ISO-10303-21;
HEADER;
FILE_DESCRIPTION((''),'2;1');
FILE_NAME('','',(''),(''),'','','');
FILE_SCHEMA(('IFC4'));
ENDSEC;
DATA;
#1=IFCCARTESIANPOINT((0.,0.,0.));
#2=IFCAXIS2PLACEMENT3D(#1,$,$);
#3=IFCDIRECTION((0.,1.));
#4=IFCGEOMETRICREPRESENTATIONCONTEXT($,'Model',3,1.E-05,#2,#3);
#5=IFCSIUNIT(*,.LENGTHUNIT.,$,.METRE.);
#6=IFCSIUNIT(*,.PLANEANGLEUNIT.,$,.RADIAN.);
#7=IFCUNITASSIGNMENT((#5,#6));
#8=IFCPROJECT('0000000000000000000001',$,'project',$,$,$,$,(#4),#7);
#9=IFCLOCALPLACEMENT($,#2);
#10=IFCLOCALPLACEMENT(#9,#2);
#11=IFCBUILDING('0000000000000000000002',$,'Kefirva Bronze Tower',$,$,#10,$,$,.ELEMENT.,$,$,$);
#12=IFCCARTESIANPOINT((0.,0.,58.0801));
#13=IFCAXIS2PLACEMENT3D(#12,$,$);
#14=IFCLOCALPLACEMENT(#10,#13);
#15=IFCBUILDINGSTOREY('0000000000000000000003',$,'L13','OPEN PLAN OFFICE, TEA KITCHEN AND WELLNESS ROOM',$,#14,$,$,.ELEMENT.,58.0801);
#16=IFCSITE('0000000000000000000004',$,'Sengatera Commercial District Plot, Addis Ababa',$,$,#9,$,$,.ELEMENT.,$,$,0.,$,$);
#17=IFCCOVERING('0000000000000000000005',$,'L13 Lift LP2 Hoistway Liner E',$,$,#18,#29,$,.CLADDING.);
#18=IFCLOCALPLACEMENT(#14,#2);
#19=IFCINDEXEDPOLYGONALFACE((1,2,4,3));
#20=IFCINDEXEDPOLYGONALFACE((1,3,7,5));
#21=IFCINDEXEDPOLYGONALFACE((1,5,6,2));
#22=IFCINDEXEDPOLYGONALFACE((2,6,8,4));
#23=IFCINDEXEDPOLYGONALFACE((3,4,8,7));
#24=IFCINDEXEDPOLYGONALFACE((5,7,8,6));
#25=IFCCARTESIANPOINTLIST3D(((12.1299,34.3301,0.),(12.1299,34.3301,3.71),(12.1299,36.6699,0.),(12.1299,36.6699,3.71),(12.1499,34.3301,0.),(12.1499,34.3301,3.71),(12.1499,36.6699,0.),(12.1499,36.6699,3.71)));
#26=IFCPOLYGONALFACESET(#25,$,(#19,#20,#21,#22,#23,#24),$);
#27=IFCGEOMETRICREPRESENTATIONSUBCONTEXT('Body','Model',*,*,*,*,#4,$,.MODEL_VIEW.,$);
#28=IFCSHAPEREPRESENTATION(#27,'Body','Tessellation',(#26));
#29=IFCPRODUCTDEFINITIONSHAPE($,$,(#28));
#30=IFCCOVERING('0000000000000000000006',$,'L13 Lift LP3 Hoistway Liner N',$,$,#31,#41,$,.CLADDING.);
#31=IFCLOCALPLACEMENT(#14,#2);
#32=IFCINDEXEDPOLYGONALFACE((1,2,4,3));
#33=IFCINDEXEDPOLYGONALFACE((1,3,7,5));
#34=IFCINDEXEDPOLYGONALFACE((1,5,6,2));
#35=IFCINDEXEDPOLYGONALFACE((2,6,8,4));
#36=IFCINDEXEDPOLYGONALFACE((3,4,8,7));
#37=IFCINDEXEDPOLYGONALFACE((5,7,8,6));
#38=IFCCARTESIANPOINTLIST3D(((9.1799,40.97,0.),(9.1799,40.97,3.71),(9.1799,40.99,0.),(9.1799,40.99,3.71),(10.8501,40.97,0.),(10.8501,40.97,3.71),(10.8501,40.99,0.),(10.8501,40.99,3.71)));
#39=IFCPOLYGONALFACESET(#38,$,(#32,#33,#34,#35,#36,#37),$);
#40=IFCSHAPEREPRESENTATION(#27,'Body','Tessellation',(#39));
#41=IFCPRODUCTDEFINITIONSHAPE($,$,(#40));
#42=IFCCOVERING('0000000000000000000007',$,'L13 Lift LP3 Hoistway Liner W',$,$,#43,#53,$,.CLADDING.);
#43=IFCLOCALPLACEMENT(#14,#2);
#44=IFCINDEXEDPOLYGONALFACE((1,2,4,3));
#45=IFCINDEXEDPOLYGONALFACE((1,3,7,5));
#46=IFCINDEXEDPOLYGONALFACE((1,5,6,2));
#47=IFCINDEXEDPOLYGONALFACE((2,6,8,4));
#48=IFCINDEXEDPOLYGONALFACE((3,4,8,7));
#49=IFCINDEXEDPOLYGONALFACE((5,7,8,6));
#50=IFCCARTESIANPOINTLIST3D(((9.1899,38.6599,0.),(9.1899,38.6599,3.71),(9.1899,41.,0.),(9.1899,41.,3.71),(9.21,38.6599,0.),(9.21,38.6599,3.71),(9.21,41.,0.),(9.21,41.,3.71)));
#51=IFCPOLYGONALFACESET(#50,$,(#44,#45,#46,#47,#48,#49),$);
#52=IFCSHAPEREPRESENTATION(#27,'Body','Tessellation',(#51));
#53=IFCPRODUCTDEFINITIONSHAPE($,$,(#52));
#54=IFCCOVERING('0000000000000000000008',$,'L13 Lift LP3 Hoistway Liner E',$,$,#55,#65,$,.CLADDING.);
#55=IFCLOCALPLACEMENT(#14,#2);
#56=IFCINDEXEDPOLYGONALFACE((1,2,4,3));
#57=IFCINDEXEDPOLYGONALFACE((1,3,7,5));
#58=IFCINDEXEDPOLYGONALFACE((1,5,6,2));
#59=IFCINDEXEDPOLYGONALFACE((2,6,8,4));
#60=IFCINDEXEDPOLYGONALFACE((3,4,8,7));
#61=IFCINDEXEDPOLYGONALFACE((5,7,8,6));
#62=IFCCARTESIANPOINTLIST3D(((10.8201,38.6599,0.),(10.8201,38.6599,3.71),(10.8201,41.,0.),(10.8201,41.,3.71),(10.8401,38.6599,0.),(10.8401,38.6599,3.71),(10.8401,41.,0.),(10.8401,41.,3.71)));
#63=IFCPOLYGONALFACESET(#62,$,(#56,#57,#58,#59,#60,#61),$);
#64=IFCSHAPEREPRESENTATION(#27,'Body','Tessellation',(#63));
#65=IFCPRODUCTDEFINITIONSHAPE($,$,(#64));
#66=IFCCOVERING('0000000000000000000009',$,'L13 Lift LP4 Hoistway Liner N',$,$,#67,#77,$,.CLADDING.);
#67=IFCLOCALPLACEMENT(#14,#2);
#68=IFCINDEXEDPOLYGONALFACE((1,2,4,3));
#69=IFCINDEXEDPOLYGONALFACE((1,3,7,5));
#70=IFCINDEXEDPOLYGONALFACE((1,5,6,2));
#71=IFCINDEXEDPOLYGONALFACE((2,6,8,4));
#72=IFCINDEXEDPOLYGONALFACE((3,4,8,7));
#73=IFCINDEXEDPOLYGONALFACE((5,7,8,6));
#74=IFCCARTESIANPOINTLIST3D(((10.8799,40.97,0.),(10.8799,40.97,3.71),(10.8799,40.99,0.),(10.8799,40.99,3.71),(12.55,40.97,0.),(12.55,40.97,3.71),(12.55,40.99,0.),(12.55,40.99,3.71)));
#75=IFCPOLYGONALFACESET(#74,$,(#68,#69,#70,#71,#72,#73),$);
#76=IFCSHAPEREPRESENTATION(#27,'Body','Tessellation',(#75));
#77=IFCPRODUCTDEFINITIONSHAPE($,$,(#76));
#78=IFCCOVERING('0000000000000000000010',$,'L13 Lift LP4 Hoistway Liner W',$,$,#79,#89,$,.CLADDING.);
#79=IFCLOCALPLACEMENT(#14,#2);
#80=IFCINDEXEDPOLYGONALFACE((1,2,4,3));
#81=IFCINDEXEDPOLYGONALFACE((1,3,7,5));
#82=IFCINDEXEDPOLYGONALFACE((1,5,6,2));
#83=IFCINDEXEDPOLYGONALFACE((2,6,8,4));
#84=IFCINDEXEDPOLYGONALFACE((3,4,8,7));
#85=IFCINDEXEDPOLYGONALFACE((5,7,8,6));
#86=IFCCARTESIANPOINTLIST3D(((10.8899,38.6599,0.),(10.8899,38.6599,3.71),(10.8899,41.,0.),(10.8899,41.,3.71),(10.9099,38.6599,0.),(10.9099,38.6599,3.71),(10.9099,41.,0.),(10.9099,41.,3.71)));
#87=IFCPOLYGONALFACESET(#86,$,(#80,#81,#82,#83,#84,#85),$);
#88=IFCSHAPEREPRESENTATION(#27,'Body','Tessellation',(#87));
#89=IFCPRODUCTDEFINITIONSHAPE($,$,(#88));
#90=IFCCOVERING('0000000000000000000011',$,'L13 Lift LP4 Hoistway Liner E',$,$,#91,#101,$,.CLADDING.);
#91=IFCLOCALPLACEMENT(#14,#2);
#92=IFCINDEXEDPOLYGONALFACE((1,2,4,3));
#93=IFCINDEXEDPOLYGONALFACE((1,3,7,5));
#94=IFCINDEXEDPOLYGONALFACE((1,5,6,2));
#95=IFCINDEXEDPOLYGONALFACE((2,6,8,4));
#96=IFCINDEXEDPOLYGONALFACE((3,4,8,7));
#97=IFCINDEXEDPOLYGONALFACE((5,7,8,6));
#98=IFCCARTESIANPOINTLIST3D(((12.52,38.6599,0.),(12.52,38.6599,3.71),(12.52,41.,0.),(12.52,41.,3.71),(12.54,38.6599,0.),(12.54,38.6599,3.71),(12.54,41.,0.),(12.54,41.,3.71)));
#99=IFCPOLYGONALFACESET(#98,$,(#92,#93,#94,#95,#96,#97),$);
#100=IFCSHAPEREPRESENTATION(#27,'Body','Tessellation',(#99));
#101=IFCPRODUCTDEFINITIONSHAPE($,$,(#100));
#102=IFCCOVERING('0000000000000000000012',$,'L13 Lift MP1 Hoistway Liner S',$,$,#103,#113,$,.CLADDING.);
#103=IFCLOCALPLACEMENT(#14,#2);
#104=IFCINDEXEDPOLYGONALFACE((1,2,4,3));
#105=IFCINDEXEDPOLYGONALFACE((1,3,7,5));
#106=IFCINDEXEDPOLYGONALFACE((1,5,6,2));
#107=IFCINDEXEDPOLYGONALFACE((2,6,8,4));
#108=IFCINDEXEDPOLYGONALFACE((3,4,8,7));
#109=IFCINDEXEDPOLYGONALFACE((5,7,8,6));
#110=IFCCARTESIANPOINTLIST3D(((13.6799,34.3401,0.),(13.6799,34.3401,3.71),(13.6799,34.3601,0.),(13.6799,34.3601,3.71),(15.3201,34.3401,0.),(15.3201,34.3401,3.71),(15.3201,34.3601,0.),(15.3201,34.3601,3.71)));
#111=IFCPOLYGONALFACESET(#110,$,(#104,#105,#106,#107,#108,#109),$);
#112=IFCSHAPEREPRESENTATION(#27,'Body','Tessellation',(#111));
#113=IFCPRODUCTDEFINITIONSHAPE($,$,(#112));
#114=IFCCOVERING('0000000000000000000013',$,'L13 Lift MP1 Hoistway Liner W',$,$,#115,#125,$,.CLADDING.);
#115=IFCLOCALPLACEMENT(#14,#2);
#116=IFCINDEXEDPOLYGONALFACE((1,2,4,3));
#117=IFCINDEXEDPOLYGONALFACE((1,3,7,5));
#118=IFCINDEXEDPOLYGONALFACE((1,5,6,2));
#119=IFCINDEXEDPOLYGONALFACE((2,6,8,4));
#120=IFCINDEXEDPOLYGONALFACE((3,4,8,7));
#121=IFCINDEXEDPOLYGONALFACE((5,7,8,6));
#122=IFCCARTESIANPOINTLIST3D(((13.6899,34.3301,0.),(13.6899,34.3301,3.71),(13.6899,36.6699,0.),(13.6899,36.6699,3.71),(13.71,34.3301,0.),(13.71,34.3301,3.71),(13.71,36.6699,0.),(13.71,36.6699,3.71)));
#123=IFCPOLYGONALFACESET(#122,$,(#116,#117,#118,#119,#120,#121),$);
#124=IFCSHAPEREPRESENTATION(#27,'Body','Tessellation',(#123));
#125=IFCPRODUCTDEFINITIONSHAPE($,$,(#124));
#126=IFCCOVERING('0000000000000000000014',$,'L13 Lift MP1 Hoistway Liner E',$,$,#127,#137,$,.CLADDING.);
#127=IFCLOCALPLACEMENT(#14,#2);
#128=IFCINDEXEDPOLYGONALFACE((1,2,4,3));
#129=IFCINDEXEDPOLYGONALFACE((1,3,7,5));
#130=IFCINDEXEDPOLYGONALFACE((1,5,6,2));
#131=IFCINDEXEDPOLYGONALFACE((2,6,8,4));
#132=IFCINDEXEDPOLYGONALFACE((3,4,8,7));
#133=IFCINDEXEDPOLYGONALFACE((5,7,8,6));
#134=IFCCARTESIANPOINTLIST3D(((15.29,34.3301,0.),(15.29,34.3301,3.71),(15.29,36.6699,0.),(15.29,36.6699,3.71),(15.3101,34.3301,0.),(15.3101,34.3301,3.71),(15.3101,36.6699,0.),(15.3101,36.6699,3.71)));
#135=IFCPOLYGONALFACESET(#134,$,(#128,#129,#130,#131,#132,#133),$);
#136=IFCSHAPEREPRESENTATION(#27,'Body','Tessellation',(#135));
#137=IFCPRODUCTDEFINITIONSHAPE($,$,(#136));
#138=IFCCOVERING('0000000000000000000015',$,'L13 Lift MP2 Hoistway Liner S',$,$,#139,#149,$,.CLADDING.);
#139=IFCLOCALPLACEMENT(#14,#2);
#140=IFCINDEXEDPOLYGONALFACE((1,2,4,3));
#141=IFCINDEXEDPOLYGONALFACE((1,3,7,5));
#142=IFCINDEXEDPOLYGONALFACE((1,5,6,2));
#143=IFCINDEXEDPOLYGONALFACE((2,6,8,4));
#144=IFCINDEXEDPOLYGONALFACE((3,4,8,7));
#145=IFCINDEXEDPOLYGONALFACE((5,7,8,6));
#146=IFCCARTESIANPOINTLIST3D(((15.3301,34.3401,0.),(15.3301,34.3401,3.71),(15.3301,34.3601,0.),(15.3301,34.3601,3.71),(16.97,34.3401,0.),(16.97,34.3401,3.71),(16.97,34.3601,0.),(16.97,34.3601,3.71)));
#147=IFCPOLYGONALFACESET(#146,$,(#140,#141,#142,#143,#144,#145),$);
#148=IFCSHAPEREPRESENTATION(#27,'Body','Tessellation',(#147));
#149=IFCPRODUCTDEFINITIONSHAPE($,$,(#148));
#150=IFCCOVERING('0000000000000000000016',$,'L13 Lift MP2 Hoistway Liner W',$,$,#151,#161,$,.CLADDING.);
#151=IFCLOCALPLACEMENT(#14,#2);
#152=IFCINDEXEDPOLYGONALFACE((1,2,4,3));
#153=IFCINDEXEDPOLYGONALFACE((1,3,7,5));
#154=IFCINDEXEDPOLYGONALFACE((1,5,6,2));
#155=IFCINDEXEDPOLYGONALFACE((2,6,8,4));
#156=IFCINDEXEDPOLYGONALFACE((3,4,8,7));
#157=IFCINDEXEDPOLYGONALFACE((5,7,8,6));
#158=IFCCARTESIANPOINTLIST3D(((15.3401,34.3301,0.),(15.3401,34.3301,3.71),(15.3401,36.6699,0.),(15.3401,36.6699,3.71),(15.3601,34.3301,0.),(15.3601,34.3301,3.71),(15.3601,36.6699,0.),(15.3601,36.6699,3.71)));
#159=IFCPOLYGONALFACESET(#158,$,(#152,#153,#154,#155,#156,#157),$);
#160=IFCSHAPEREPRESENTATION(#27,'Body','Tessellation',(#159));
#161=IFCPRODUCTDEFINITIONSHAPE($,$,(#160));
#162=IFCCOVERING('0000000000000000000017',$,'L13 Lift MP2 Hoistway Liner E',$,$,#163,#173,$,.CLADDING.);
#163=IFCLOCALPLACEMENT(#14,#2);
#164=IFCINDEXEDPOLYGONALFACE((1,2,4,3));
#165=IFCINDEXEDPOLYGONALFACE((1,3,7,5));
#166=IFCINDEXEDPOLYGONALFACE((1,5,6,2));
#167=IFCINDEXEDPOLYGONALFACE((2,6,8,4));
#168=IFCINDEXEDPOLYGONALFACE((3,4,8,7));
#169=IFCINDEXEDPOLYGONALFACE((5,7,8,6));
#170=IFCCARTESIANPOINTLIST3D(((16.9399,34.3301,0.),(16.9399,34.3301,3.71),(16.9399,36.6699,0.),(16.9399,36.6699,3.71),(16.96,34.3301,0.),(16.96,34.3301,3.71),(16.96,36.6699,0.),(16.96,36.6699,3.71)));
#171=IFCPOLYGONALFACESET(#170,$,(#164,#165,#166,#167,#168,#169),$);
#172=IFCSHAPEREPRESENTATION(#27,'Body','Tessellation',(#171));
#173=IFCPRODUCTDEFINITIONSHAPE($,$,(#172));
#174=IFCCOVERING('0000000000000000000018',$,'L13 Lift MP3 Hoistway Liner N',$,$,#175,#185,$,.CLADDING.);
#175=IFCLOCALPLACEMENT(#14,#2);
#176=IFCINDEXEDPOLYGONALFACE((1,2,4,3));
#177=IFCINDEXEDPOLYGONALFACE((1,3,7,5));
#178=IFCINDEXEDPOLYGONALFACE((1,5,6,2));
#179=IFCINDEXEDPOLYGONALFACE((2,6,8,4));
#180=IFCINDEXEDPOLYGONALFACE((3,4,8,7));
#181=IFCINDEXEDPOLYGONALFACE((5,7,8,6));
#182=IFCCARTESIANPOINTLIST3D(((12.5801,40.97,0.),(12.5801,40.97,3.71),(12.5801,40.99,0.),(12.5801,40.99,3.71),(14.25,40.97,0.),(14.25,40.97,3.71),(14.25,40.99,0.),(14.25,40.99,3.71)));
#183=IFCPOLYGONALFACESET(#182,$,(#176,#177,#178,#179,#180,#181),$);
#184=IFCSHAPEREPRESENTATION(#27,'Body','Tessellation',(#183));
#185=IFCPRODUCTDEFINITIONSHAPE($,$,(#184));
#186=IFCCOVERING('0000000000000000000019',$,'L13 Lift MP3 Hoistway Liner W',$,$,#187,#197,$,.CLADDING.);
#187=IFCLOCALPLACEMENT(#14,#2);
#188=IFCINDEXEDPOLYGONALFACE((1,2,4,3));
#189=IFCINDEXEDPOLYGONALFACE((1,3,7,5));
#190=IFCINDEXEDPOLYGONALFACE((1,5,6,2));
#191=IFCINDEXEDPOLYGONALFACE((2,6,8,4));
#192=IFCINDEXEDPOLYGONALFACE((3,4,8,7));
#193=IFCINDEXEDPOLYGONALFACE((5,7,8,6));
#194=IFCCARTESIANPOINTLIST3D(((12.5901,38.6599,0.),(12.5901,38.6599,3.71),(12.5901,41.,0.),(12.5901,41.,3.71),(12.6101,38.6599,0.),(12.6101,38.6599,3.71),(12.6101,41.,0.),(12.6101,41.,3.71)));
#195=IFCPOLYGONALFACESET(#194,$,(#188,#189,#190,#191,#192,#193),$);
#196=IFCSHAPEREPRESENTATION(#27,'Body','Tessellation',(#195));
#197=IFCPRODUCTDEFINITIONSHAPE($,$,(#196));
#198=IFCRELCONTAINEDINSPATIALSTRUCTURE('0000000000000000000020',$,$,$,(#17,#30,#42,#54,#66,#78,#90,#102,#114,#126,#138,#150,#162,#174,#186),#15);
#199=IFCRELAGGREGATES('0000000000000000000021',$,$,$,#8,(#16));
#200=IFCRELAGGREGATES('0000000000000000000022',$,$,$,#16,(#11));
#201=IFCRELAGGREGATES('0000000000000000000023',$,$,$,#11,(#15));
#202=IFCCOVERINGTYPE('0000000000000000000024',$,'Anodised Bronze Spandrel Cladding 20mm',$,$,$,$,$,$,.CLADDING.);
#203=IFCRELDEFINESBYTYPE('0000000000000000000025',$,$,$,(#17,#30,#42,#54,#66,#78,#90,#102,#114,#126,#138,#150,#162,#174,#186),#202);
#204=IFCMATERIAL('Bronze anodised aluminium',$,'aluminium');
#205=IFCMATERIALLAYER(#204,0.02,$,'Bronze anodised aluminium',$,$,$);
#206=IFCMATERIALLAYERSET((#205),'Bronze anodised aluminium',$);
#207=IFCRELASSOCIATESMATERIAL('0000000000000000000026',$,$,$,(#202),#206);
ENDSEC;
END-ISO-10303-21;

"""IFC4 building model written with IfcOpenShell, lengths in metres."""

from ifc_helpers import new_model, si_unit, direction, frame, origin, place, context, subcontext, project, spatial, polyline, outline, extrude, material, layer, layer_set, type_object, element, save


model = new_model("IFC4")

# Units and contexts
model_context = context("Model", 3, precision=1e-05, world=origin(), true_north=direction((0.0, 1.0)))
body_context = subcontext(model_context, "Body", "Model", "MODEL_VIEW")
ifc_project = project(units=[si_unit("LENGTHUNIT", "METRE"), si_unit("PLANEANGLEUNIT", "RADIAN")], contexts=[model_context])

# Site, building, storey
site_placement = place(None, origin())
site = spatial("IfcSite", under=ifc_project, at=site_placement, Name="Sengatera Commercial District Plot, Addis Ababa", CompositionType="ELEMENT", RefElevation=0.0)
building_placement = place(site_placement, origin())
building = spatial("IfcBuilding", under=site, at=building_placement, Name="Kefirva Bronze Tower", CompositionType="ELEMENT")
storey_placement = place(building_placement, frame((0.0, 0.0, 58.0801)))
storey = spatial("IfcBuildingStorey", under=building, at=storey_placement, Name="L13", Description="OPEN PLAN OFFICE, TEA KITCHEN AND WELLNESS ROOM", CompositionType="ELEMENT", Elevation=58.0801)

# Coverings
ifc_material = material(Name="Bronze anodised aluminium", Category="aluminium")
ifc_layer_1 = layer(ifc_material, 0.02, Name="Bronze anodised aluminium")
ifc_layer_set_1 = layer_set([ifc_layer_1], Name="Bronze anodised aluminium")
covering_type_1 = type_object("IfcCoveringType", Name="Anodised Bronze Spandrel Cladding 20mm", PredefinedType="CLADDING", material=ifc_layer_set_1)
covering_1_placement = place(storey_placement, origin())
element("IfcCovering", 1, at=covering_1_placement, inside=storey, type_object=covering_type_1, Name="L13 Lift LP2 Hoistway Liner E", PredefinedType="CLADDING", context=body_context, shape_type="SweptSolid", body=[
    extrude(outline(polyline([(12.1299, 34.3301), (12.1499, 34.3301), (12.1499, 36.6699), (12.1299, 36.6699), (12.1299, 34.3301)])), origin(), (0.0, 0.0, 1.0), 3.71),
])
covering_2_placement = place(storey_placement, origin())
element("IfcCovering", 2, at=covering_2_placement, inside=storey, type_object=covering_type_1, Name="L13 Lift LP3 Hoistway Liner N", PredefinedType="CLADDING", context=body_context, shape_type="SweptSolid", body=[
    extrude(outline(polyline([(9.1799, 40.97), (10.8501, 40.97), (10.8501, 40.99), (9.1799, 40.99), (9.1799, 40.97)])), origin(), (0.0, 0.0, 1.0), 3.71),
])
covering_3_placement = place(storey_placement, origin())
element("IfcCovering", 3, at=covering_3_placement, inside=storey, type_object=covering_type_1, Name="L13 Lift LP3 Hoistway Liner W", PredefinedType="CLADDING", context=body_context, shape_type="SweptSolid", body=[
    extrude(outline(polyline([(9.1899, 38.6599), (9.21, 38.6599), (9.21, 41.0), (9.1899, 41.0), (9.1899, 38.6599)])), origin(), (0.0, 0.0, 1.0), 3.71),
])
covering_4_placement = place(storey_placement, origin())
element("IfcCovering", 4, at=covering_4_placement, inside=storey, type_object=covering_type_1, Name="L13 Lift LP3 Hoistway Liner E", PredefinedType="CLADDING", context=body_context, shape_type="SweptSolid", body=[
    extrude(outline(polyline([(10.8201, 38.6599), (10.8401, 38.6599), (10.8401, 41.0), (10.8201, 41.0), (10.8201, 38.6599)])), origin(), (0.0, 0.0, 1.0), 3.71),
])
covering_5_placement = place(storey_placement, origin())
element("IfcCovering", 5, at=covering_5_placement, inside=storey, type_object=covering_type_1, Name="L13 Lift LP4 Hoistway Liner N", PredefinedType="CLADDING", context=body_context, shape_type="SweptSolid", body=[
    extrude(outline(polyline([(10.8799, 40.97), (12.55, 40.97), (12.55, 40.99), (10.8799, 40.99), (10.8799, 40.97)])), origin(), (0.0, 0.0, 1.0), 3.71),
])
covering_6_placement = place(storey_placement, origin())
element("IfcCovering", 6, at=covering_6_placement, inside=storey, type_object=covering_type_1, Name="L13 Lift LP4 Hoistway Liner W", PredefinedType="CLADDING", context=body_context, shape_type="SweptSolid", body=[
    extrude(outline(polyline([(10.8899, 38.6599), (10.9099, 38.6599), (10.9099, 41.0), (10.8899, 41.0), (10.8899, 38.6599)])), origin(), (0.0, 0.0, 1.0), 3.71),
])
covering_7_placement = place(storey_placement, origin())
element("IfcCovering", 7, at=covering_7_placement, inside=storey, type_object=covering_type_1, Name="L13 Lift LP4 Hoistway Liner E", PredefinedType="CLADDING", context=body_context, shape_type="SweptSolid", body=[
    extrude(outline(polyline([(12.52, 38.6599), (12.54, 38.6599), (12.54, 41.0), (12.52, 41.0), (12.52, 38.6599)])), origin(), (0.0, 0.0, 1.0), 3.71),
])
covering_8_placement = place(storey_placement, origin())
element("IfcCovering", 8, at=covering_8_placement, inside=storey, type_object=covering_type_1, Name="L13 Lift MP1 Hoistway Liner S", PredefinedType="CLADDING", context=body_context, shape_type="SweptSolid", body=[
    extrude(outline(polyline([(13.6799, 34.3401), (15.3201, 34.3401), (15.3201, 34.3601), (13.6799, 34.3601), (13.6799, 34.3401)])), origin(), (0.0, 0.0, 1.0), 3.71),
])
covering_9_placement = place(storey_placement, origin())
element("IfcCovering", 9, at=covering_9_placement, inside=storey, type_object=covering_type_1, Name="L13 Lift MP1 Hoistway Liner W", PredefinedType="CLADDING", context=body_context, shape_type="SweptSolid", body=[
    extrude(outline(polyline([(13.6899, 34.3301), (13.71, 34.3301), (13.71, 36.6699), (13.6899, 36.6699), (13.6899, 34.3301)])), origin(), (0.0, 0.0, 1.0), 3.71),
])
covering_10_placement = place(storey_placement, origin())
element("IfcCovering", 10, at=covering_10_placement, inside=storey, type_object=covering_type_1, Name="L13 Lift MP1 Hoistway Liner E", PredefinedType="CLADDING", context=body_context, shape_type="SweptSolid", body=[
    extrude(outline(polyline([(15.29, 34.3301), (15.3101, 34.3301), (15.3101, 36.6699), (15.29, 36.6699), (15.29, 34.3301)])), origin(), (0.0, 0.0, 1.0), 3.71),
])
covering_11_placement = place(storey_placement, origin())
element("IfcCovering", 11, at=covering_11_placement, inside=storey, type_object=covering_type_1, Name="L13 Lift MP2 Hoistway Liner S", PredefinedType="CLADDING", context=body_context, shape_type="SweptSolid", body=[
    extrude(outline(polyline([(15.3301, 34.3401), (16.97, 34.3401), (16.97, 34.3601), (15.3301, 34.3601), (15.3301, 34.3401)])), origin(), (0.0, 0.0, 1.0), 3.71),
])
covering_12_placement = place(storey_placement, origin())
element("IfcCovering", 12, at=covering_12_placement, inside=storey, type_object=covering_type_1, Name="L13 Lift MP2 Hoistway Liner W", PredefinedType="CLADDING", context=body_context, shape_type="SweptSolid", body=[
    extrude(outline(polyline([(15.3401, 34.3301), (15.3601, 34.3301), (15.3601, 36.6699), (15.3401, 36.6699), (15.3401, 34.3301)])), origin(), (0.0, 0.0, 1.0), 3.71),
])
covering_13_placement = place(storey_placement, origin())
element("IfcCovering", 13, at=covering_13_placement, inside=storey, type_object=covering_type_1, Name="L13 Lift MP2 Hoistway Liner E", PredefinedType="CLADDING", context=body_context, shape_type="SweptSolid", body=[
    extrude(outline(polyline([(16.9399, 34.3301), (16.96, 34.3301), (16.96, 36.6699), (16.9399, 36.6699), (16.9399, 34.3301)])), origin(), (0.0, 0.0, 1.0), 3.71),
])
covering_14_placement = place(storey_placement, origin())
element("IfcCovering", 14, at=covering_14_placement, inside=storey, type_object=covering_type_1, Name="L13 Lift MP3 Hoistway Liner N", PredefinedType="CLADDING", context=body_context, shape_type="SweptSolid", body=[
    extrude(outline(polyline([(12.5801, 40.97), (14.25, 40.97), (14.25, 40.99), (12.5801, 40.99), (12.5801, 40.97)])), origin(), (0.0, 0.0, 1.0), 3.71),
])
covering_15_placement = place(storey_placement, origin())
element("IfcCovering", 15, at=covering_15_placement, inside=storey, type_object=covering_type_1, Name="L13 Lift MP3 Hoistway Liner W", PredefinedType="CLADDING", context=body_context, shape_type="SweptSolid", body=[
    extrude(outline(polyline([(12.5901, 38.6599), (12.6101, 38.6599), (12.6101, 41.0), (12.5901, 41.0), (12.5901, 38.6599)])), origin(), (0.0, 0.0, 1.0), 3.71),
])

save(model, "model.ifc")
